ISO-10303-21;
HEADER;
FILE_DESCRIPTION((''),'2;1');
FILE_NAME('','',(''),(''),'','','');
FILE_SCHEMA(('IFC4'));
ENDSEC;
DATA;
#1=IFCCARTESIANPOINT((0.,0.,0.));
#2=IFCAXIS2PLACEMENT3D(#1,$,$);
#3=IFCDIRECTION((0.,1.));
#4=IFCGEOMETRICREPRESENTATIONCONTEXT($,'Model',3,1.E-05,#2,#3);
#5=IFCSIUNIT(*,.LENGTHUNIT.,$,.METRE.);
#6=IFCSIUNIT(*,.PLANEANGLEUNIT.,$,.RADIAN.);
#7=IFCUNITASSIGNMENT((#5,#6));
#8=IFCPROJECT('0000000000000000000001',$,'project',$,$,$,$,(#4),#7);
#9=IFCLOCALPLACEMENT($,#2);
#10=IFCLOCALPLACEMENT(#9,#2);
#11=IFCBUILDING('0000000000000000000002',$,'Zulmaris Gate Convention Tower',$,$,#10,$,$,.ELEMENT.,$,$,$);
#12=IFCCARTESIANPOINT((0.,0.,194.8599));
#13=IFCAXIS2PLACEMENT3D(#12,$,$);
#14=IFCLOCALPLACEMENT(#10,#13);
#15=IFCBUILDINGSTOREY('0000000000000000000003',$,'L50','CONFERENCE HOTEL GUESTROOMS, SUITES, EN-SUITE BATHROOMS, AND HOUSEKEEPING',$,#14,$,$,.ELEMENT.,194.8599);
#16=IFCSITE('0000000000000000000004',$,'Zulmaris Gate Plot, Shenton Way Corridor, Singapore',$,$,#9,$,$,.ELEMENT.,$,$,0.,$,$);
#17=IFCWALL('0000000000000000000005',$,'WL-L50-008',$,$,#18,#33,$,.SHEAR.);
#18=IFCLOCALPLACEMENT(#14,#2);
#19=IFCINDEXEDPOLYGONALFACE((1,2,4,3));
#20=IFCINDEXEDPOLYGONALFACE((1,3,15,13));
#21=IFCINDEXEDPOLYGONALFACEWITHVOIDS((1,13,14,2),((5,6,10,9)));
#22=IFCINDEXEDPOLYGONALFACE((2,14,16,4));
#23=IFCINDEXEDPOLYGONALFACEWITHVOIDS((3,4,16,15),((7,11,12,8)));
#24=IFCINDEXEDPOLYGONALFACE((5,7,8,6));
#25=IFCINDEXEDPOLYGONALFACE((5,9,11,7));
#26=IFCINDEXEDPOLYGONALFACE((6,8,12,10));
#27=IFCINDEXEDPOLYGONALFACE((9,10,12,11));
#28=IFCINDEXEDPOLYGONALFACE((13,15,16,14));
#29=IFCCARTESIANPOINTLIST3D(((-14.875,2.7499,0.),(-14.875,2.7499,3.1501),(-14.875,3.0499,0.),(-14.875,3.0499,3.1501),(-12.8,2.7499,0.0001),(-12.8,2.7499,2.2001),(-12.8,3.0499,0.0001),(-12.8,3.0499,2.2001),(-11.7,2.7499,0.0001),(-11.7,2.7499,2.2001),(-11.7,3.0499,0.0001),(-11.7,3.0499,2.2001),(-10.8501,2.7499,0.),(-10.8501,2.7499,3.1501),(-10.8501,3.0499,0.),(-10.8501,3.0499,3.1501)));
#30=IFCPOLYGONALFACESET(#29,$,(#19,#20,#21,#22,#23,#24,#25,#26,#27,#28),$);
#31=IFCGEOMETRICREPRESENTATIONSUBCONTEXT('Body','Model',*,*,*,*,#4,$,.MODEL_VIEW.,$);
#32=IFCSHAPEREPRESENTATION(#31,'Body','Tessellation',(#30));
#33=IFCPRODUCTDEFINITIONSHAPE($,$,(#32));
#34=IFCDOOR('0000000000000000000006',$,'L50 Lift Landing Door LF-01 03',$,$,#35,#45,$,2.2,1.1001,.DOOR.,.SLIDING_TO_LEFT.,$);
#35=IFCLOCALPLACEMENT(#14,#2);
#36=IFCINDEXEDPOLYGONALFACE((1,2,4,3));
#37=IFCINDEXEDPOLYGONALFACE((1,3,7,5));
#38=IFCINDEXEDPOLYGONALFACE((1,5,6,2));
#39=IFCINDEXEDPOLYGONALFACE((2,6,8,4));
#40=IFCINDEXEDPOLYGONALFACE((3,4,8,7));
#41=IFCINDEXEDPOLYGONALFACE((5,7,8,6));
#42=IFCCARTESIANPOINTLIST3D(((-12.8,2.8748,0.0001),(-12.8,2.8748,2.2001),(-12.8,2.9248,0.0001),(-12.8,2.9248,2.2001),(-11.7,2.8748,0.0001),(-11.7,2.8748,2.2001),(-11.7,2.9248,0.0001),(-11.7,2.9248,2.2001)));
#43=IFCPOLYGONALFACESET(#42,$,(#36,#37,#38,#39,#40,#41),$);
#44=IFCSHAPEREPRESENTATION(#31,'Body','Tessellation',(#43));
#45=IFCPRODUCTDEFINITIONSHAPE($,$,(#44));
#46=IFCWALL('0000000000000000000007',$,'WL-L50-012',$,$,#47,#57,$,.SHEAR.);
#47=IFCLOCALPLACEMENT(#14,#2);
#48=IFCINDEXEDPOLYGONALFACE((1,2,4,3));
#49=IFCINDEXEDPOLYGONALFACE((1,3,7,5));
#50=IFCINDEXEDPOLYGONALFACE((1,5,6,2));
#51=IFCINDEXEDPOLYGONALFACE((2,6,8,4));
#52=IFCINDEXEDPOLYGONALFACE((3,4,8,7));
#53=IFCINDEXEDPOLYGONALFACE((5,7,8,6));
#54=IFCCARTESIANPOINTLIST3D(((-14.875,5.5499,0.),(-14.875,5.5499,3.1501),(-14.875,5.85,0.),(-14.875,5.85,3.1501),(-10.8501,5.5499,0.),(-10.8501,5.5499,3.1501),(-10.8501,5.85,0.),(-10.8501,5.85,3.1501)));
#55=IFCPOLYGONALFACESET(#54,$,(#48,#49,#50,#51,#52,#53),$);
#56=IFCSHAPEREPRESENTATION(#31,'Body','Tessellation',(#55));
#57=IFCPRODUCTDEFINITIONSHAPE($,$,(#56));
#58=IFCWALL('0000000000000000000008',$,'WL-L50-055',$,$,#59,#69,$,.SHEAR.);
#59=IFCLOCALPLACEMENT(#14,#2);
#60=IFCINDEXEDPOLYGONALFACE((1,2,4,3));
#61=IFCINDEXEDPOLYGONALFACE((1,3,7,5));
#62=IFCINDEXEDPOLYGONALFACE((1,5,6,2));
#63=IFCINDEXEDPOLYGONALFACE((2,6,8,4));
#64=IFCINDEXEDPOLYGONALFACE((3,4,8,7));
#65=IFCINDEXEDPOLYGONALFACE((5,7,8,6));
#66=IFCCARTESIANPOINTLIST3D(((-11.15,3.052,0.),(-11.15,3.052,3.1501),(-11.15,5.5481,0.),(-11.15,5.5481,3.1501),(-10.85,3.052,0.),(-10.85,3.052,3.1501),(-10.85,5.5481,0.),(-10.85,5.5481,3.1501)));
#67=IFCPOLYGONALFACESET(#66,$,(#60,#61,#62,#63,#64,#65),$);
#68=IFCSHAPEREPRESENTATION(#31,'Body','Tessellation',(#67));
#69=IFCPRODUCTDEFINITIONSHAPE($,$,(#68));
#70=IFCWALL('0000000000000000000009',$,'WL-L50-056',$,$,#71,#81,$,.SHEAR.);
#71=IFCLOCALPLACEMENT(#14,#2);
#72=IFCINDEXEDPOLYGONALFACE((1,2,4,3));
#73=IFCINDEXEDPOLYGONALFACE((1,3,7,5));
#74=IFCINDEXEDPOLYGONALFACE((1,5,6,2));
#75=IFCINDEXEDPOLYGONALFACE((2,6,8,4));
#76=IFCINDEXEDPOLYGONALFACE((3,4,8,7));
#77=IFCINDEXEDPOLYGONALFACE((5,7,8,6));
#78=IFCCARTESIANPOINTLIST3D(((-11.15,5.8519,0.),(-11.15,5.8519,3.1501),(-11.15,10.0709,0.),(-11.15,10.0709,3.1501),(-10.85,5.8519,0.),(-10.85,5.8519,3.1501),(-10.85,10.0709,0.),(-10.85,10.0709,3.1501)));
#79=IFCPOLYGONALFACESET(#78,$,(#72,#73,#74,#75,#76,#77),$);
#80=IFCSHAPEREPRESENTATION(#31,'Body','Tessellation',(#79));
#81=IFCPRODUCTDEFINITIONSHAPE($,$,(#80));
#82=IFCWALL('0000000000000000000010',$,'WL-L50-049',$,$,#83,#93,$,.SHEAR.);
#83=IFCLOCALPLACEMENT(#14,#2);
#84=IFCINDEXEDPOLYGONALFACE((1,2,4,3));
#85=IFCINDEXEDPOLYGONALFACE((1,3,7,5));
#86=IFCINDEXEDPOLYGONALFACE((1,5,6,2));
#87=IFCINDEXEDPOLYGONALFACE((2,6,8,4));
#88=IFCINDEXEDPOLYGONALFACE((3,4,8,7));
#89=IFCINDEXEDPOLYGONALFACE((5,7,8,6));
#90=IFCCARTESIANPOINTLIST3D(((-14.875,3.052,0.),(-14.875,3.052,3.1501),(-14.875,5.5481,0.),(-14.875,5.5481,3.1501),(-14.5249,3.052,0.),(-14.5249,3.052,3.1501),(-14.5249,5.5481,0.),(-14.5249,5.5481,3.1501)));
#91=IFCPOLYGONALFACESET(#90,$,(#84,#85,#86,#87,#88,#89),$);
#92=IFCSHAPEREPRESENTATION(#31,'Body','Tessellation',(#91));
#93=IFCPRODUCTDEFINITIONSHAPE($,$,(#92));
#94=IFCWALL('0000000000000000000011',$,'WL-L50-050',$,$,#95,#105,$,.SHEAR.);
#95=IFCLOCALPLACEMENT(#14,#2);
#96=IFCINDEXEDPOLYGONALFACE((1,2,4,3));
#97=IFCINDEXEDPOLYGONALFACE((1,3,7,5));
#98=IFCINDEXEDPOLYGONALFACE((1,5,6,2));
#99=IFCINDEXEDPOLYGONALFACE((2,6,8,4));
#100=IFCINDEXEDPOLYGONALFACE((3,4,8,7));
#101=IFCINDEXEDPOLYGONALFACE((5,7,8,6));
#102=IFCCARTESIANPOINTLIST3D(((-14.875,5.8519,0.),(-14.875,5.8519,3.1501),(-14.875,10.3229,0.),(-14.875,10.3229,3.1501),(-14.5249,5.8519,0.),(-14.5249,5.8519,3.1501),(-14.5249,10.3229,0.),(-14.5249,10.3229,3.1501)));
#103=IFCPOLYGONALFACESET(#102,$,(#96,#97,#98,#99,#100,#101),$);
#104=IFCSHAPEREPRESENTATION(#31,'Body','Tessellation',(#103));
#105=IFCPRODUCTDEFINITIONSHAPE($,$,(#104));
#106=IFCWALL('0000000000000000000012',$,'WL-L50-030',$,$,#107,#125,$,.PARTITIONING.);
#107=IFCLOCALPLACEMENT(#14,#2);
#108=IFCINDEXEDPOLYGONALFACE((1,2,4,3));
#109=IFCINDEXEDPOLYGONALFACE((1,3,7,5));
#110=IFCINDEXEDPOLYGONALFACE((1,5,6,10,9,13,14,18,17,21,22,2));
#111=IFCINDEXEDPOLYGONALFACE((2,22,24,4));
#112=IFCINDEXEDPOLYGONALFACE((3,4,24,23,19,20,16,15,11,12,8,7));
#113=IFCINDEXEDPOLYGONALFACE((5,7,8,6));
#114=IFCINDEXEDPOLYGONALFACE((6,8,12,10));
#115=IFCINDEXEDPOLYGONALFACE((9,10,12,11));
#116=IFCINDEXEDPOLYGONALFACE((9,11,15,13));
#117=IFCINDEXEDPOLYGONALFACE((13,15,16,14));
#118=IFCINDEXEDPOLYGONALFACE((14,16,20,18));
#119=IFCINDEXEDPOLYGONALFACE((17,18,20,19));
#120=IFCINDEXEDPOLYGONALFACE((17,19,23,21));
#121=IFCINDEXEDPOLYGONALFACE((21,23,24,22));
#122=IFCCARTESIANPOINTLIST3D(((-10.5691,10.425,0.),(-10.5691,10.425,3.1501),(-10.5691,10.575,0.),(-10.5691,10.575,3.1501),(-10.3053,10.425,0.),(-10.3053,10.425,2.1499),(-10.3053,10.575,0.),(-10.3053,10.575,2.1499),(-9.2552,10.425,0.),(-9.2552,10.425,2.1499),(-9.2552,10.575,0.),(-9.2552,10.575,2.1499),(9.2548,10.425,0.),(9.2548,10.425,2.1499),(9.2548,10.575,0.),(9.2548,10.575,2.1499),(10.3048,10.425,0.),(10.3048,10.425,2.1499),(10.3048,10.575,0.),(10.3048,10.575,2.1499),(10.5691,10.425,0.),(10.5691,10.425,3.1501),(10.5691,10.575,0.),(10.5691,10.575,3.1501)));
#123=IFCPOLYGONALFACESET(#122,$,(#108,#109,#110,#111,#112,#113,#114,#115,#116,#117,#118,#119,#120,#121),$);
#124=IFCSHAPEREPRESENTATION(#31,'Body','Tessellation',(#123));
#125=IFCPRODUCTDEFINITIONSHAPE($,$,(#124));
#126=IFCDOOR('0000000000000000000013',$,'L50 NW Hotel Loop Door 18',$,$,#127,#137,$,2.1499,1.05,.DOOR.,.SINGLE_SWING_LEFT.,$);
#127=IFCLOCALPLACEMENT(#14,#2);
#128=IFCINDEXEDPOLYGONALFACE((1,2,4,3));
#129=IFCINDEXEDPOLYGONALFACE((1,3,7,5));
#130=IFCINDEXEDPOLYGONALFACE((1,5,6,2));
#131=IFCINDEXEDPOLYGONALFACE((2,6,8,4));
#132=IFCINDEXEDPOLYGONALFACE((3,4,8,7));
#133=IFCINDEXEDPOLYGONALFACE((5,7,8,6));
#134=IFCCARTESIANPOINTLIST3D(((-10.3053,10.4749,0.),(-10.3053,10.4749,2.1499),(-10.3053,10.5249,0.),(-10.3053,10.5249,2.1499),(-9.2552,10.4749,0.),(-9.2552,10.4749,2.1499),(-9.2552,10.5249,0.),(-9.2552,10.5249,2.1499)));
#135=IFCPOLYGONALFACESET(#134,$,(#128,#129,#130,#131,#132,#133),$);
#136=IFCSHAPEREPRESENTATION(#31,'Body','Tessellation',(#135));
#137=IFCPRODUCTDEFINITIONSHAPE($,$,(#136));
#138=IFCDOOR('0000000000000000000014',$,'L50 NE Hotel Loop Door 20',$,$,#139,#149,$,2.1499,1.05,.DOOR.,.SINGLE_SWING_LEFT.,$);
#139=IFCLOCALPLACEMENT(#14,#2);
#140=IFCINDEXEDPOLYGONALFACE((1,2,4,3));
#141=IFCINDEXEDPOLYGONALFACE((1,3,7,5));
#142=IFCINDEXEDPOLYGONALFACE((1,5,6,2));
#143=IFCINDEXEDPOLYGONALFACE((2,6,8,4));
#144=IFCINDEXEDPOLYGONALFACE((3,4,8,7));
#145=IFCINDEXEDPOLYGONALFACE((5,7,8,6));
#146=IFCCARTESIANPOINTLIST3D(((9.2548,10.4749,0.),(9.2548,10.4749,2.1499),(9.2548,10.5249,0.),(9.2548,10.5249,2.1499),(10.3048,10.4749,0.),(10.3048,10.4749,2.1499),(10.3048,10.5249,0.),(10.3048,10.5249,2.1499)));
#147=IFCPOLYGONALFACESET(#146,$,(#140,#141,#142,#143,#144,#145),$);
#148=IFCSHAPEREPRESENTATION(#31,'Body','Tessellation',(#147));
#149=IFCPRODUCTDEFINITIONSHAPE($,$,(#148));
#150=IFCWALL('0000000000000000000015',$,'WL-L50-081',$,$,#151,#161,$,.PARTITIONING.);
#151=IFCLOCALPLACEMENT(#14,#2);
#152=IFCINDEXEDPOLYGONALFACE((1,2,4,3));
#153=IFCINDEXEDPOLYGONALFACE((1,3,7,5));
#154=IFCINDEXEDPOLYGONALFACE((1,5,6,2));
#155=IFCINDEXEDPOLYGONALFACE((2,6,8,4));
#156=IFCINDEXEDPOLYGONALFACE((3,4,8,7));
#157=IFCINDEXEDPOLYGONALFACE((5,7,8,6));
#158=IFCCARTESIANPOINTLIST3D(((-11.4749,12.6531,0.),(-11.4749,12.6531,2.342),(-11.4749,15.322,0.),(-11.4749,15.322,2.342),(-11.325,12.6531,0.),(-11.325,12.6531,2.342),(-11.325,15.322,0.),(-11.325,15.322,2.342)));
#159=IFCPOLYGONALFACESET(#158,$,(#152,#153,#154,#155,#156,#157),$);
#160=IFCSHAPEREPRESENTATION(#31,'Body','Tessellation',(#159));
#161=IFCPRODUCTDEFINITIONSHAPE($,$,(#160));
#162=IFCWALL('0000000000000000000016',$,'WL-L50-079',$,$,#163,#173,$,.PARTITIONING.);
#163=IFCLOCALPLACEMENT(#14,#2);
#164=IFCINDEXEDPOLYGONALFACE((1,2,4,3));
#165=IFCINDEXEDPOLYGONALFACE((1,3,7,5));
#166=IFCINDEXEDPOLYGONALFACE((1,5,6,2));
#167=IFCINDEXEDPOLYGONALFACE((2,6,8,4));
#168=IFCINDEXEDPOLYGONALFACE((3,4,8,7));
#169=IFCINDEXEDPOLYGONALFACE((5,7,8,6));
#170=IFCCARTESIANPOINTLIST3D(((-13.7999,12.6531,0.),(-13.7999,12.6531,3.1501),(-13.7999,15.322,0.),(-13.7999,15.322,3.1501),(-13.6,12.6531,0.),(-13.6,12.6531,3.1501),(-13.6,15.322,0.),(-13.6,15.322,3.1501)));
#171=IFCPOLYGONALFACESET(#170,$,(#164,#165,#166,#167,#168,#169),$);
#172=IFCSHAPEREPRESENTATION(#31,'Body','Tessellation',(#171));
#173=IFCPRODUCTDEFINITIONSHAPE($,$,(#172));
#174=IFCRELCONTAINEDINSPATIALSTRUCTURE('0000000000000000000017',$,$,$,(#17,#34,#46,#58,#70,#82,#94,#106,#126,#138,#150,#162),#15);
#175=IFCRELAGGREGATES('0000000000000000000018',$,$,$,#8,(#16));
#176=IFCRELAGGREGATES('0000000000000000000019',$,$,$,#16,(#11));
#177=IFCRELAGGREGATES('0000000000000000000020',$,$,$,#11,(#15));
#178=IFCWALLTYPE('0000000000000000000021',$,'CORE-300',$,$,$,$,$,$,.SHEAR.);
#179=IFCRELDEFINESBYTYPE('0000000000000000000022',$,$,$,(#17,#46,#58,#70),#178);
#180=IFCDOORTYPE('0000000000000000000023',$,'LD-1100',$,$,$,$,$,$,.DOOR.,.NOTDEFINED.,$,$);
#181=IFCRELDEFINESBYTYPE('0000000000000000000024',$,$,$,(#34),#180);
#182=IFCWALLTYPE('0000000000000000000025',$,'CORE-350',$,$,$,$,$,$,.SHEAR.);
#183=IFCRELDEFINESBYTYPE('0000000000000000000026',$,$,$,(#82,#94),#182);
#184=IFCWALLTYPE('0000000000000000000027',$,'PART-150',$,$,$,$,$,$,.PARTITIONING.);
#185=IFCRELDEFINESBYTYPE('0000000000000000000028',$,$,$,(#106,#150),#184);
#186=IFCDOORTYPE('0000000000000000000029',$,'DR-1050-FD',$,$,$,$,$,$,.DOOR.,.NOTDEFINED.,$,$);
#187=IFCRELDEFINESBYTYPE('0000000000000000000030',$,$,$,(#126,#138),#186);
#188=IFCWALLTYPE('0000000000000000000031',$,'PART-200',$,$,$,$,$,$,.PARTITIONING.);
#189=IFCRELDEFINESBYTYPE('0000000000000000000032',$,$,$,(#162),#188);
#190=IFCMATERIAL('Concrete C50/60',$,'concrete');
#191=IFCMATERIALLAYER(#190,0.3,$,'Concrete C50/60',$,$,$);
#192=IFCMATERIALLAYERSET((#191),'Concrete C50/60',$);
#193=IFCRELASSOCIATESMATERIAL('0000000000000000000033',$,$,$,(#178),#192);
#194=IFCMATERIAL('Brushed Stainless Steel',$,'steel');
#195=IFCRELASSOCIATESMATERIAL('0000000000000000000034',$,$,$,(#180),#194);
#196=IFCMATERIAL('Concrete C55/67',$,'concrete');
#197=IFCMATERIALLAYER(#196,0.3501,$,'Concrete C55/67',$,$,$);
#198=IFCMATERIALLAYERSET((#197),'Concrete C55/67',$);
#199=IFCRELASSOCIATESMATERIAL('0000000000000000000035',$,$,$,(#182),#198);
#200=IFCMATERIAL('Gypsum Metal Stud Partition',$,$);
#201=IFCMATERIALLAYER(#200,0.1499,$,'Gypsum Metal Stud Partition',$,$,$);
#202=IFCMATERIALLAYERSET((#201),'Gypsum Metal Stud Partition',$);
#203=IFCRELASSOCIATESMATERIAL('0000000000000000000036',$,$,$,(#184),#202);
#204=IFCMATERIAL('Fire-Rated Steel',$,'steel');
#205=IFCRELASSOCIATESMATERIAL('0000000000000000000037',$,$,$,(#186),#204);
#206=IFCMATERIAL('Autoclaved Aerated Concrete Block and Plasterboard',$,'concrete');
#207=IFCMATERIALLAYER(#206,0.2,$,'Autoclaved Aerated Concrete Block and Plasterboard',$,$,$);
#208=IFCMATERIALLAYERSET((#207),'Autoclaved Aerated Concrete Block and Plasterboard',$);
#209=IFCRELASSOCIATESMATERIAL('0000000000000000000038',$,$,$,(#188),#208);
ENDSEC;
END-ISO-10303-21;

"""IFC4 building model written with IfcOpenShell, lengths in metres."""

from ifc_helpers import new_model, si_unit, direction, frame, frame_2d, origin, place, context, subcontext, project, spatial, rectangle, extrude, material, layer, layer_set, type_object, element, fill, save


model = new_model("IFC4")

# Units and contexts
model_context = context("Model", 3, precision=1e-05, world=origin(), true_north=direction((0.0, 1.0)))
body_context = subcontext(model_context, "Body", "Model", "MODEL_VIEW")
ifc_project = project(units=[si_unit("LENGTHUNIT", "METRE"), si_unit("PLANEANGLEUNIT", "RADIAN")], contexts=[model_context])

# Site, building, storey
site_placement = place(None, origin())
site = spatial("IfcSite", under=ifc_project, at=site_placement, Name="Zulmaris Gate Plot, Shenton Way Corridor, Singapore", CompositionType="ELEMENT", RefElevation=0.0)
building_placement = place(site_placement, origin())
building = spatial("IfcBuilding", under=site, at=building_placement, Name="Zulmaris Gate Convention Tower", CompositionType="ELEMENT")
storey_placement = place(building_placement, frame((0.0, 0.0, 194.8599)))
storey = spatial("IfcBuildingStorey", under=building, at=storey_placement, Name="L50", Description="CONFERENCE HOTEL GUESTROOMS, SUITES, EN-SUITE BATHROOMS, AND HOUSEKEEPING", CompositionType="ELEMENT", Elevation=194.8599)

# Shared definitions
ifc_material_1 = material(Name="Concrete C50/60", Category="concrete")

# Wall, opening, door
ifc_layer_1 = layer(ifc_material_1, 0.3, Name="Concrete C50/60")
ifc_layer_set_1 = layer_set([ifc_layer_1], Name="Concrete C50/60")
wall_type_1 = type_object("IfcWallType", Name="CORE-300", PredefinedType="SHEAR", material=ifc_layer_set_1)
wall_1_placement = place(storey_placement, frame((-14.875, 2.8999, 0.0), z_axis=(0.0, 0.0, 1.0), x_axis=(1.0, 0.0, 0.0)))
wall_1 = element("IfcWall", 1, at=wall_1_placement, inside=storey, type_object=wall_type_1, Name="WL-L50-008", PredefinedType="SHEAR", context=body_context, shape_type="SweptSolid", body=[
    extrude(rectangle(XDim=4.0249, YDim=0.3, at=frame_2d((2.0125, 0.0))), origin(), (0.0, 0.0, 1.0), 3.1501),
])
opening_1_placement = place(wall_1_placement, frame((2.075, 0.0, 0.0)))
opening_1 = element("IfcOpeningElement", 2, at=opening_1_placement, cuts=wall_1, PredefinedType="OPENING", context=body_context, shape_type="SweptSolid", body=[
    extrude(rectangle(XDim=1.1001, YDim=2.2, at=frame_2d((0.55, 1.1001))), frame((0.0, 0.1602, 0.0), z_axis=(0.0, -1.0, 0.0), x_axis=(1.0, 0.0, 0.0)), (0.0, 0.0, 1.0), 0.3201),
])
ifc_material_2 = material(Name="Brushed Stainless Steel", Category="steel")
door_type_1 = type_object("IfcDoorType", Name="LD-1100", OperationType="NOTDEFINED", PredefinedType="DOOR", material=ifc_material_2)
door_1_placement = place(opening_1_placement, origin())
door_1 = element("IfcDoor", 3, at=door_1_placement, inside=storey, type_object=door_type_1, Name="L50 Lift Landing Door LF-01 03", OperationType="SLIDING_TO_LEFT", OverallHeight=2.2, OverallWidth=1.1001, PredefinedType="DOOR", context=body_context, shape_type="SweptSolid", body=[
    extrude(rectangle(XDim=1.1001, YDim=2.2, at=frame_2d((0.55, 1.1001))), frame((0.0, 0.0249, 0.0), z_axis=(0.0, -1.0, 0.0), x_axis=(1.0, 0.0, 0.0)), (0.0, 0.0, 1.0), 0.05),
])
fill(opening_1, door_1)

# Wall
wall_2_placement = place(storey_placement, frame((-14.875, 5.7, 0.0), z_axis=(0.0, 0.0, 1.0), x_axis=(1.0, 0.0, 0.0)))
element("IfcWall", 4, at=wall_2_placement, inside=storey, type_object=wall_type_1, Name="WL-L50-012", PredefinedType="SHEAR", context=body_context, shape_type="SweptSolid", body=[
    extrude(rectangle(XDim=4.0249, YDim=0.3, at=frame_2d((2.0125, 0.0))), origin(), (0.0, 0.0, 1.0), 3.1501),
])

# Shared definitions
ifc_material_3 = material(Name="Fire-Rated Steel", Category="steel")

# Walls
wall_3_placement = place(storey_placement, frame((-11.0, 3.052, 0.0), z_axis=(0.0, 0.0, 1.0), x_axis=(0.0, 1.0, 0.0)))
element("IfcWall", 5, at=wall_3_placement, inside=storey, type_object=wall_type_1, Name="WL-L50-055", PredefinedType="SHEAR", context=body_context, shape_type="SweptSolid", body=[
    extrude(rectangle(XDim=2.4961, YDim=0.3, at=frame_2d((1.248, 0.0))), origin(), (0.0, 0.0, 1.0), 3.1501),
])
wall_4_placement = place(storey_placement, frame((-11.0, 5.8521, 0.0), z_axis=(0.0, 0.0, 1.0), x_axis=(0.0, 1.0, 0.0)))
element("IfcWall", 6, at=wall_4_placement, inside=storey, type_object=wall_type_1, Name="WL-L50-056", PredefinedType="SHEAR", context=body_context, shape_type="SweptSolid", body=[
    extrude(rectangle(XDim=4.219, YDim=0.3, at=frame_2d((2.1094, 0.0))), origin(), (0.0, 0.0, 1.0), 3.1501),
])
ifc_material_4 = material(Name="Concrete C55/67", Category="concrete")
ifc_layer_2 = layer(ifc_material_4, 0.3501, Name="Concrete C55/67")
ifc_layer_set_2 = layer_set([ifc_layer_2], Name="Concrete C55/67")
wall_type_2 = type_object("IfcWallType", Name="CORE-350", PredefinedType="SHEAR", material=ifc_layer_set_2)
wall_5_placement = place(storey_placement, frame((-14.7, 3.052, 0.0), z_axis=(0.0, 0.0, 1.0), x_axis=(0.0, 1.0, 0.0)))
element("IfcWall", 7, at=wall_5_placement, inside=storey, type_object=wall_type_2, Name="WL-L50-049", PredefinedType="SHEAR", context=body_context, shape_type="SweptSolid", body=[
    extrude(rectangle(XDim=2.4961, YDim=0.3501, at=frame_2d((1.248, 0.0))), origin(), (0.0, 0.0, 1.0), 3.1501),
])
wall_6_placement = place(storey_placement, frame((-14.7, 5.8521, 0.0), z_axis=(0.0, 0.0, 1.0), x_axis=(0.0, 1.0, 0.0)))
element("IfcWall", 8, at=wall_6_placement, inside=storey, type_object=wall_type_2, Name="WL-L50-050", PredefinedType="SHEAR", context=body_context, shape_type="SweptSolid", body=[
    extrude(rectangle(XDim=4.4709, YDim=0.3501, at=frame_2d((2.2354, 0.0))), origin(), (0.0, 0.0, 1.0), 3.1501),
])

# Wall, openings, doors
ifc_material_5 = material(Name="Gypsum Metal Stud Partition")
ifc_layer_3 = layer(ifc_material_5, 0.1499, Name="Gypsum Metal Stud Partition")
ifc_layer_set_3 = layer_set([ifc_layer_3], Name="Gypsum Metal Stud Partition")
wall_type_3 = type_object("IfcWallType", Name="PART-150", PredefinedType="PARTITIONING", material=ifc_layer_set_3)
wall_7_placement = place(storey_placement, frame((-10.5691, 10.5, 0.0), z_axis=(0.0, 0.0, 1.0), x_axis=(1.0, 0.0, 0.0)))
wall_7 = element("IfcWall", 9, at=wall_7_placement, inside=storey, type_object=wall_type_3, Name="WL-L50-030", PredefinedType="PARTITIONING", context=body_context, shape_type="SweptSolid", body=[
    extrude(rectangle(XDim=21.1382, YDim=0.1499, at=frame_2d((10.5691, 0.0))), origin(), (0.0, 0.0, 1.0), 3.1501),
])
opening_2_placement = place(wall_7_placement, frame((0.2639, 0.0, 0.0)))
opening_2 = element("IfcOpeningElement", 10, at=opening_2_placement, cuts=wall_7, PredefinedType="OPENING", context=body_context, shape_type="SweptSolid", body=[
    extrude(rectangle(XDim=1.05, YDim=2.1499, at=frame_2d((0.5249, 1.075))), frame((0.0, 0.085, 0.0), z_axis=(0.0, -1.0, 0.0), x_axis=(1.0, 0.0, 0.0)), (0.0, 0.0, 1.0), 0.1699),
])
opening_3_placement = place(wall_7_placement, frame((19.824, 0.0, 0.0)))
opening_3 = element("IfcOpeningElement", 11, at=opening_3_placement, cuts=wall_7, PredefinedType="OPENING", context=body_context, shape_type="SweptSolid", body=[
    extrude(rectangle(XDim=1.05, YDim=2.1499, at=frame_2d((0.5249, 1.075))), frame((0.0, 0.085, 0.0), z_axis=(0.0, -1.0, 0.0), x_axis=(1.0, 0.0, 0.0)), (0.0, 0.0, 1.0), 0.1699),
])
door_type_2 = type_object("IfcDoorType", Name="DR-1050-FD", OperationType="NOTDEFINED", PredefinedType="DOOR", material=ifc_material_3)
door_2_placement = place(opening_2_placement, origin())
door_2 = element("IfcDoor", 12, at=door_2_placement, inside=storey, type_object=door_type_2, Name="L50 NW Hotel Loop Door 18", OperationType="SINGLE_SWING_LEFT", OverallHeight=2.1499, OverallWidth=1.05, PredefinedType="DOOR", context=body_context, shape_type="SweptSolid", body=[
    extrude(rectangle(XDim=1.05, YDim=2.1499, at=frame_2d((0.5249, 1.075))), frame((0.0, 0.0249, 0.0), z_axis=(0.0, -1.0, 0.0), x_axis=(1.0, 0.0, 0.0)), (0.0, 0.0, 1.0), 0.05),
])
fill(opening_2, door_2)
door_3_placement = place(opening_3_placement, origin())
door_3 = element("IfcDoor", 13, at=door_3_placement, inside=storey, type_object=door_type_2, Name="L50 NE Hotel Loop Door 20", OperationType="SINGLE_SWING_LEFT", OverallHeight=2.1499, OverallWidth=1.05, PredefinedType="DOOR", context=body_context, shape_type="SweptSolid", body=[
    extrude(rectangle(XDim=1.05, YDim=2.1499, at=frame_2d((0.5249, 1.075))), frame((0.0, 0.0249, 0.0), z_axis=(0.0, -1.0, 0.0), x_axis=(1.0, 0.0, 0.0)), (0.0, 0.0, 1.0), 0.05),
])
fill(opening_3, door_3)

# Walls
wall_8_placement = place(storey_placement, frame((-11.3999, 12.6531, 0.0), z_axis=(0.0, 0.0, 1.0), x_axis=(0.0, 1.0, 0.0)))
element("IfcWall", 14, at=wall_8_placement, inside=storey, type_object=wall_type_3, Name="WL-L50-081", PredefinedType="PARTITIONING", context=body_context, shape_type="SweptSolid", body=[
    extrude(rectangle(XDim=2.6689, YDim=0.1499, at=frame_2d((1.3345, 0.0))), origin(), (0.0, 0.0, 1.0), 2.342),
])
ifc_material_6 = material(Name="Autoclaved Aerated Concrete Block and Plasterboard", Category="concrete")
ifc_layer_4 = layer(ifc_material_6, 0.2, Name="Autoclaved Aerated Concrete Block and Plasterboard")
ifc_layer_set_4 = layer_set([ifc_layer_4], Name="Autoclaved Aerated Concrete Block and Plasterboard")
wall_type_4 = type_object("IfcWallType", Name="PART-200", PredefinedType="PARTITIONING", material=ifc_layer_set_4)
for number, where, z_axis, x_axis, name in (
    (15, (-13.7, 12.6531, 0.0), (0.0, 0.0, 1.0), (0.0, 1.0, 0.0), "WL-L50-079"),
):
    element("IfcWall", number, at=place(storey_placement, frame(where, z_axis=z_axis, x_axis=x_axis)), inside=storey, type_object=wall_type_4, Name=name, PredefinedType="PARTITIONING", context=body_context, shape_type="SweptSolid", body=[
        extrude(rectangle(XDim=2.6689, YDim=0.2, at=frame_2d((1.3345, 0.0))), origin(), (0.0, 0.0, 1.0), 3.1501),
    ])

save(model, "model.ifc")
